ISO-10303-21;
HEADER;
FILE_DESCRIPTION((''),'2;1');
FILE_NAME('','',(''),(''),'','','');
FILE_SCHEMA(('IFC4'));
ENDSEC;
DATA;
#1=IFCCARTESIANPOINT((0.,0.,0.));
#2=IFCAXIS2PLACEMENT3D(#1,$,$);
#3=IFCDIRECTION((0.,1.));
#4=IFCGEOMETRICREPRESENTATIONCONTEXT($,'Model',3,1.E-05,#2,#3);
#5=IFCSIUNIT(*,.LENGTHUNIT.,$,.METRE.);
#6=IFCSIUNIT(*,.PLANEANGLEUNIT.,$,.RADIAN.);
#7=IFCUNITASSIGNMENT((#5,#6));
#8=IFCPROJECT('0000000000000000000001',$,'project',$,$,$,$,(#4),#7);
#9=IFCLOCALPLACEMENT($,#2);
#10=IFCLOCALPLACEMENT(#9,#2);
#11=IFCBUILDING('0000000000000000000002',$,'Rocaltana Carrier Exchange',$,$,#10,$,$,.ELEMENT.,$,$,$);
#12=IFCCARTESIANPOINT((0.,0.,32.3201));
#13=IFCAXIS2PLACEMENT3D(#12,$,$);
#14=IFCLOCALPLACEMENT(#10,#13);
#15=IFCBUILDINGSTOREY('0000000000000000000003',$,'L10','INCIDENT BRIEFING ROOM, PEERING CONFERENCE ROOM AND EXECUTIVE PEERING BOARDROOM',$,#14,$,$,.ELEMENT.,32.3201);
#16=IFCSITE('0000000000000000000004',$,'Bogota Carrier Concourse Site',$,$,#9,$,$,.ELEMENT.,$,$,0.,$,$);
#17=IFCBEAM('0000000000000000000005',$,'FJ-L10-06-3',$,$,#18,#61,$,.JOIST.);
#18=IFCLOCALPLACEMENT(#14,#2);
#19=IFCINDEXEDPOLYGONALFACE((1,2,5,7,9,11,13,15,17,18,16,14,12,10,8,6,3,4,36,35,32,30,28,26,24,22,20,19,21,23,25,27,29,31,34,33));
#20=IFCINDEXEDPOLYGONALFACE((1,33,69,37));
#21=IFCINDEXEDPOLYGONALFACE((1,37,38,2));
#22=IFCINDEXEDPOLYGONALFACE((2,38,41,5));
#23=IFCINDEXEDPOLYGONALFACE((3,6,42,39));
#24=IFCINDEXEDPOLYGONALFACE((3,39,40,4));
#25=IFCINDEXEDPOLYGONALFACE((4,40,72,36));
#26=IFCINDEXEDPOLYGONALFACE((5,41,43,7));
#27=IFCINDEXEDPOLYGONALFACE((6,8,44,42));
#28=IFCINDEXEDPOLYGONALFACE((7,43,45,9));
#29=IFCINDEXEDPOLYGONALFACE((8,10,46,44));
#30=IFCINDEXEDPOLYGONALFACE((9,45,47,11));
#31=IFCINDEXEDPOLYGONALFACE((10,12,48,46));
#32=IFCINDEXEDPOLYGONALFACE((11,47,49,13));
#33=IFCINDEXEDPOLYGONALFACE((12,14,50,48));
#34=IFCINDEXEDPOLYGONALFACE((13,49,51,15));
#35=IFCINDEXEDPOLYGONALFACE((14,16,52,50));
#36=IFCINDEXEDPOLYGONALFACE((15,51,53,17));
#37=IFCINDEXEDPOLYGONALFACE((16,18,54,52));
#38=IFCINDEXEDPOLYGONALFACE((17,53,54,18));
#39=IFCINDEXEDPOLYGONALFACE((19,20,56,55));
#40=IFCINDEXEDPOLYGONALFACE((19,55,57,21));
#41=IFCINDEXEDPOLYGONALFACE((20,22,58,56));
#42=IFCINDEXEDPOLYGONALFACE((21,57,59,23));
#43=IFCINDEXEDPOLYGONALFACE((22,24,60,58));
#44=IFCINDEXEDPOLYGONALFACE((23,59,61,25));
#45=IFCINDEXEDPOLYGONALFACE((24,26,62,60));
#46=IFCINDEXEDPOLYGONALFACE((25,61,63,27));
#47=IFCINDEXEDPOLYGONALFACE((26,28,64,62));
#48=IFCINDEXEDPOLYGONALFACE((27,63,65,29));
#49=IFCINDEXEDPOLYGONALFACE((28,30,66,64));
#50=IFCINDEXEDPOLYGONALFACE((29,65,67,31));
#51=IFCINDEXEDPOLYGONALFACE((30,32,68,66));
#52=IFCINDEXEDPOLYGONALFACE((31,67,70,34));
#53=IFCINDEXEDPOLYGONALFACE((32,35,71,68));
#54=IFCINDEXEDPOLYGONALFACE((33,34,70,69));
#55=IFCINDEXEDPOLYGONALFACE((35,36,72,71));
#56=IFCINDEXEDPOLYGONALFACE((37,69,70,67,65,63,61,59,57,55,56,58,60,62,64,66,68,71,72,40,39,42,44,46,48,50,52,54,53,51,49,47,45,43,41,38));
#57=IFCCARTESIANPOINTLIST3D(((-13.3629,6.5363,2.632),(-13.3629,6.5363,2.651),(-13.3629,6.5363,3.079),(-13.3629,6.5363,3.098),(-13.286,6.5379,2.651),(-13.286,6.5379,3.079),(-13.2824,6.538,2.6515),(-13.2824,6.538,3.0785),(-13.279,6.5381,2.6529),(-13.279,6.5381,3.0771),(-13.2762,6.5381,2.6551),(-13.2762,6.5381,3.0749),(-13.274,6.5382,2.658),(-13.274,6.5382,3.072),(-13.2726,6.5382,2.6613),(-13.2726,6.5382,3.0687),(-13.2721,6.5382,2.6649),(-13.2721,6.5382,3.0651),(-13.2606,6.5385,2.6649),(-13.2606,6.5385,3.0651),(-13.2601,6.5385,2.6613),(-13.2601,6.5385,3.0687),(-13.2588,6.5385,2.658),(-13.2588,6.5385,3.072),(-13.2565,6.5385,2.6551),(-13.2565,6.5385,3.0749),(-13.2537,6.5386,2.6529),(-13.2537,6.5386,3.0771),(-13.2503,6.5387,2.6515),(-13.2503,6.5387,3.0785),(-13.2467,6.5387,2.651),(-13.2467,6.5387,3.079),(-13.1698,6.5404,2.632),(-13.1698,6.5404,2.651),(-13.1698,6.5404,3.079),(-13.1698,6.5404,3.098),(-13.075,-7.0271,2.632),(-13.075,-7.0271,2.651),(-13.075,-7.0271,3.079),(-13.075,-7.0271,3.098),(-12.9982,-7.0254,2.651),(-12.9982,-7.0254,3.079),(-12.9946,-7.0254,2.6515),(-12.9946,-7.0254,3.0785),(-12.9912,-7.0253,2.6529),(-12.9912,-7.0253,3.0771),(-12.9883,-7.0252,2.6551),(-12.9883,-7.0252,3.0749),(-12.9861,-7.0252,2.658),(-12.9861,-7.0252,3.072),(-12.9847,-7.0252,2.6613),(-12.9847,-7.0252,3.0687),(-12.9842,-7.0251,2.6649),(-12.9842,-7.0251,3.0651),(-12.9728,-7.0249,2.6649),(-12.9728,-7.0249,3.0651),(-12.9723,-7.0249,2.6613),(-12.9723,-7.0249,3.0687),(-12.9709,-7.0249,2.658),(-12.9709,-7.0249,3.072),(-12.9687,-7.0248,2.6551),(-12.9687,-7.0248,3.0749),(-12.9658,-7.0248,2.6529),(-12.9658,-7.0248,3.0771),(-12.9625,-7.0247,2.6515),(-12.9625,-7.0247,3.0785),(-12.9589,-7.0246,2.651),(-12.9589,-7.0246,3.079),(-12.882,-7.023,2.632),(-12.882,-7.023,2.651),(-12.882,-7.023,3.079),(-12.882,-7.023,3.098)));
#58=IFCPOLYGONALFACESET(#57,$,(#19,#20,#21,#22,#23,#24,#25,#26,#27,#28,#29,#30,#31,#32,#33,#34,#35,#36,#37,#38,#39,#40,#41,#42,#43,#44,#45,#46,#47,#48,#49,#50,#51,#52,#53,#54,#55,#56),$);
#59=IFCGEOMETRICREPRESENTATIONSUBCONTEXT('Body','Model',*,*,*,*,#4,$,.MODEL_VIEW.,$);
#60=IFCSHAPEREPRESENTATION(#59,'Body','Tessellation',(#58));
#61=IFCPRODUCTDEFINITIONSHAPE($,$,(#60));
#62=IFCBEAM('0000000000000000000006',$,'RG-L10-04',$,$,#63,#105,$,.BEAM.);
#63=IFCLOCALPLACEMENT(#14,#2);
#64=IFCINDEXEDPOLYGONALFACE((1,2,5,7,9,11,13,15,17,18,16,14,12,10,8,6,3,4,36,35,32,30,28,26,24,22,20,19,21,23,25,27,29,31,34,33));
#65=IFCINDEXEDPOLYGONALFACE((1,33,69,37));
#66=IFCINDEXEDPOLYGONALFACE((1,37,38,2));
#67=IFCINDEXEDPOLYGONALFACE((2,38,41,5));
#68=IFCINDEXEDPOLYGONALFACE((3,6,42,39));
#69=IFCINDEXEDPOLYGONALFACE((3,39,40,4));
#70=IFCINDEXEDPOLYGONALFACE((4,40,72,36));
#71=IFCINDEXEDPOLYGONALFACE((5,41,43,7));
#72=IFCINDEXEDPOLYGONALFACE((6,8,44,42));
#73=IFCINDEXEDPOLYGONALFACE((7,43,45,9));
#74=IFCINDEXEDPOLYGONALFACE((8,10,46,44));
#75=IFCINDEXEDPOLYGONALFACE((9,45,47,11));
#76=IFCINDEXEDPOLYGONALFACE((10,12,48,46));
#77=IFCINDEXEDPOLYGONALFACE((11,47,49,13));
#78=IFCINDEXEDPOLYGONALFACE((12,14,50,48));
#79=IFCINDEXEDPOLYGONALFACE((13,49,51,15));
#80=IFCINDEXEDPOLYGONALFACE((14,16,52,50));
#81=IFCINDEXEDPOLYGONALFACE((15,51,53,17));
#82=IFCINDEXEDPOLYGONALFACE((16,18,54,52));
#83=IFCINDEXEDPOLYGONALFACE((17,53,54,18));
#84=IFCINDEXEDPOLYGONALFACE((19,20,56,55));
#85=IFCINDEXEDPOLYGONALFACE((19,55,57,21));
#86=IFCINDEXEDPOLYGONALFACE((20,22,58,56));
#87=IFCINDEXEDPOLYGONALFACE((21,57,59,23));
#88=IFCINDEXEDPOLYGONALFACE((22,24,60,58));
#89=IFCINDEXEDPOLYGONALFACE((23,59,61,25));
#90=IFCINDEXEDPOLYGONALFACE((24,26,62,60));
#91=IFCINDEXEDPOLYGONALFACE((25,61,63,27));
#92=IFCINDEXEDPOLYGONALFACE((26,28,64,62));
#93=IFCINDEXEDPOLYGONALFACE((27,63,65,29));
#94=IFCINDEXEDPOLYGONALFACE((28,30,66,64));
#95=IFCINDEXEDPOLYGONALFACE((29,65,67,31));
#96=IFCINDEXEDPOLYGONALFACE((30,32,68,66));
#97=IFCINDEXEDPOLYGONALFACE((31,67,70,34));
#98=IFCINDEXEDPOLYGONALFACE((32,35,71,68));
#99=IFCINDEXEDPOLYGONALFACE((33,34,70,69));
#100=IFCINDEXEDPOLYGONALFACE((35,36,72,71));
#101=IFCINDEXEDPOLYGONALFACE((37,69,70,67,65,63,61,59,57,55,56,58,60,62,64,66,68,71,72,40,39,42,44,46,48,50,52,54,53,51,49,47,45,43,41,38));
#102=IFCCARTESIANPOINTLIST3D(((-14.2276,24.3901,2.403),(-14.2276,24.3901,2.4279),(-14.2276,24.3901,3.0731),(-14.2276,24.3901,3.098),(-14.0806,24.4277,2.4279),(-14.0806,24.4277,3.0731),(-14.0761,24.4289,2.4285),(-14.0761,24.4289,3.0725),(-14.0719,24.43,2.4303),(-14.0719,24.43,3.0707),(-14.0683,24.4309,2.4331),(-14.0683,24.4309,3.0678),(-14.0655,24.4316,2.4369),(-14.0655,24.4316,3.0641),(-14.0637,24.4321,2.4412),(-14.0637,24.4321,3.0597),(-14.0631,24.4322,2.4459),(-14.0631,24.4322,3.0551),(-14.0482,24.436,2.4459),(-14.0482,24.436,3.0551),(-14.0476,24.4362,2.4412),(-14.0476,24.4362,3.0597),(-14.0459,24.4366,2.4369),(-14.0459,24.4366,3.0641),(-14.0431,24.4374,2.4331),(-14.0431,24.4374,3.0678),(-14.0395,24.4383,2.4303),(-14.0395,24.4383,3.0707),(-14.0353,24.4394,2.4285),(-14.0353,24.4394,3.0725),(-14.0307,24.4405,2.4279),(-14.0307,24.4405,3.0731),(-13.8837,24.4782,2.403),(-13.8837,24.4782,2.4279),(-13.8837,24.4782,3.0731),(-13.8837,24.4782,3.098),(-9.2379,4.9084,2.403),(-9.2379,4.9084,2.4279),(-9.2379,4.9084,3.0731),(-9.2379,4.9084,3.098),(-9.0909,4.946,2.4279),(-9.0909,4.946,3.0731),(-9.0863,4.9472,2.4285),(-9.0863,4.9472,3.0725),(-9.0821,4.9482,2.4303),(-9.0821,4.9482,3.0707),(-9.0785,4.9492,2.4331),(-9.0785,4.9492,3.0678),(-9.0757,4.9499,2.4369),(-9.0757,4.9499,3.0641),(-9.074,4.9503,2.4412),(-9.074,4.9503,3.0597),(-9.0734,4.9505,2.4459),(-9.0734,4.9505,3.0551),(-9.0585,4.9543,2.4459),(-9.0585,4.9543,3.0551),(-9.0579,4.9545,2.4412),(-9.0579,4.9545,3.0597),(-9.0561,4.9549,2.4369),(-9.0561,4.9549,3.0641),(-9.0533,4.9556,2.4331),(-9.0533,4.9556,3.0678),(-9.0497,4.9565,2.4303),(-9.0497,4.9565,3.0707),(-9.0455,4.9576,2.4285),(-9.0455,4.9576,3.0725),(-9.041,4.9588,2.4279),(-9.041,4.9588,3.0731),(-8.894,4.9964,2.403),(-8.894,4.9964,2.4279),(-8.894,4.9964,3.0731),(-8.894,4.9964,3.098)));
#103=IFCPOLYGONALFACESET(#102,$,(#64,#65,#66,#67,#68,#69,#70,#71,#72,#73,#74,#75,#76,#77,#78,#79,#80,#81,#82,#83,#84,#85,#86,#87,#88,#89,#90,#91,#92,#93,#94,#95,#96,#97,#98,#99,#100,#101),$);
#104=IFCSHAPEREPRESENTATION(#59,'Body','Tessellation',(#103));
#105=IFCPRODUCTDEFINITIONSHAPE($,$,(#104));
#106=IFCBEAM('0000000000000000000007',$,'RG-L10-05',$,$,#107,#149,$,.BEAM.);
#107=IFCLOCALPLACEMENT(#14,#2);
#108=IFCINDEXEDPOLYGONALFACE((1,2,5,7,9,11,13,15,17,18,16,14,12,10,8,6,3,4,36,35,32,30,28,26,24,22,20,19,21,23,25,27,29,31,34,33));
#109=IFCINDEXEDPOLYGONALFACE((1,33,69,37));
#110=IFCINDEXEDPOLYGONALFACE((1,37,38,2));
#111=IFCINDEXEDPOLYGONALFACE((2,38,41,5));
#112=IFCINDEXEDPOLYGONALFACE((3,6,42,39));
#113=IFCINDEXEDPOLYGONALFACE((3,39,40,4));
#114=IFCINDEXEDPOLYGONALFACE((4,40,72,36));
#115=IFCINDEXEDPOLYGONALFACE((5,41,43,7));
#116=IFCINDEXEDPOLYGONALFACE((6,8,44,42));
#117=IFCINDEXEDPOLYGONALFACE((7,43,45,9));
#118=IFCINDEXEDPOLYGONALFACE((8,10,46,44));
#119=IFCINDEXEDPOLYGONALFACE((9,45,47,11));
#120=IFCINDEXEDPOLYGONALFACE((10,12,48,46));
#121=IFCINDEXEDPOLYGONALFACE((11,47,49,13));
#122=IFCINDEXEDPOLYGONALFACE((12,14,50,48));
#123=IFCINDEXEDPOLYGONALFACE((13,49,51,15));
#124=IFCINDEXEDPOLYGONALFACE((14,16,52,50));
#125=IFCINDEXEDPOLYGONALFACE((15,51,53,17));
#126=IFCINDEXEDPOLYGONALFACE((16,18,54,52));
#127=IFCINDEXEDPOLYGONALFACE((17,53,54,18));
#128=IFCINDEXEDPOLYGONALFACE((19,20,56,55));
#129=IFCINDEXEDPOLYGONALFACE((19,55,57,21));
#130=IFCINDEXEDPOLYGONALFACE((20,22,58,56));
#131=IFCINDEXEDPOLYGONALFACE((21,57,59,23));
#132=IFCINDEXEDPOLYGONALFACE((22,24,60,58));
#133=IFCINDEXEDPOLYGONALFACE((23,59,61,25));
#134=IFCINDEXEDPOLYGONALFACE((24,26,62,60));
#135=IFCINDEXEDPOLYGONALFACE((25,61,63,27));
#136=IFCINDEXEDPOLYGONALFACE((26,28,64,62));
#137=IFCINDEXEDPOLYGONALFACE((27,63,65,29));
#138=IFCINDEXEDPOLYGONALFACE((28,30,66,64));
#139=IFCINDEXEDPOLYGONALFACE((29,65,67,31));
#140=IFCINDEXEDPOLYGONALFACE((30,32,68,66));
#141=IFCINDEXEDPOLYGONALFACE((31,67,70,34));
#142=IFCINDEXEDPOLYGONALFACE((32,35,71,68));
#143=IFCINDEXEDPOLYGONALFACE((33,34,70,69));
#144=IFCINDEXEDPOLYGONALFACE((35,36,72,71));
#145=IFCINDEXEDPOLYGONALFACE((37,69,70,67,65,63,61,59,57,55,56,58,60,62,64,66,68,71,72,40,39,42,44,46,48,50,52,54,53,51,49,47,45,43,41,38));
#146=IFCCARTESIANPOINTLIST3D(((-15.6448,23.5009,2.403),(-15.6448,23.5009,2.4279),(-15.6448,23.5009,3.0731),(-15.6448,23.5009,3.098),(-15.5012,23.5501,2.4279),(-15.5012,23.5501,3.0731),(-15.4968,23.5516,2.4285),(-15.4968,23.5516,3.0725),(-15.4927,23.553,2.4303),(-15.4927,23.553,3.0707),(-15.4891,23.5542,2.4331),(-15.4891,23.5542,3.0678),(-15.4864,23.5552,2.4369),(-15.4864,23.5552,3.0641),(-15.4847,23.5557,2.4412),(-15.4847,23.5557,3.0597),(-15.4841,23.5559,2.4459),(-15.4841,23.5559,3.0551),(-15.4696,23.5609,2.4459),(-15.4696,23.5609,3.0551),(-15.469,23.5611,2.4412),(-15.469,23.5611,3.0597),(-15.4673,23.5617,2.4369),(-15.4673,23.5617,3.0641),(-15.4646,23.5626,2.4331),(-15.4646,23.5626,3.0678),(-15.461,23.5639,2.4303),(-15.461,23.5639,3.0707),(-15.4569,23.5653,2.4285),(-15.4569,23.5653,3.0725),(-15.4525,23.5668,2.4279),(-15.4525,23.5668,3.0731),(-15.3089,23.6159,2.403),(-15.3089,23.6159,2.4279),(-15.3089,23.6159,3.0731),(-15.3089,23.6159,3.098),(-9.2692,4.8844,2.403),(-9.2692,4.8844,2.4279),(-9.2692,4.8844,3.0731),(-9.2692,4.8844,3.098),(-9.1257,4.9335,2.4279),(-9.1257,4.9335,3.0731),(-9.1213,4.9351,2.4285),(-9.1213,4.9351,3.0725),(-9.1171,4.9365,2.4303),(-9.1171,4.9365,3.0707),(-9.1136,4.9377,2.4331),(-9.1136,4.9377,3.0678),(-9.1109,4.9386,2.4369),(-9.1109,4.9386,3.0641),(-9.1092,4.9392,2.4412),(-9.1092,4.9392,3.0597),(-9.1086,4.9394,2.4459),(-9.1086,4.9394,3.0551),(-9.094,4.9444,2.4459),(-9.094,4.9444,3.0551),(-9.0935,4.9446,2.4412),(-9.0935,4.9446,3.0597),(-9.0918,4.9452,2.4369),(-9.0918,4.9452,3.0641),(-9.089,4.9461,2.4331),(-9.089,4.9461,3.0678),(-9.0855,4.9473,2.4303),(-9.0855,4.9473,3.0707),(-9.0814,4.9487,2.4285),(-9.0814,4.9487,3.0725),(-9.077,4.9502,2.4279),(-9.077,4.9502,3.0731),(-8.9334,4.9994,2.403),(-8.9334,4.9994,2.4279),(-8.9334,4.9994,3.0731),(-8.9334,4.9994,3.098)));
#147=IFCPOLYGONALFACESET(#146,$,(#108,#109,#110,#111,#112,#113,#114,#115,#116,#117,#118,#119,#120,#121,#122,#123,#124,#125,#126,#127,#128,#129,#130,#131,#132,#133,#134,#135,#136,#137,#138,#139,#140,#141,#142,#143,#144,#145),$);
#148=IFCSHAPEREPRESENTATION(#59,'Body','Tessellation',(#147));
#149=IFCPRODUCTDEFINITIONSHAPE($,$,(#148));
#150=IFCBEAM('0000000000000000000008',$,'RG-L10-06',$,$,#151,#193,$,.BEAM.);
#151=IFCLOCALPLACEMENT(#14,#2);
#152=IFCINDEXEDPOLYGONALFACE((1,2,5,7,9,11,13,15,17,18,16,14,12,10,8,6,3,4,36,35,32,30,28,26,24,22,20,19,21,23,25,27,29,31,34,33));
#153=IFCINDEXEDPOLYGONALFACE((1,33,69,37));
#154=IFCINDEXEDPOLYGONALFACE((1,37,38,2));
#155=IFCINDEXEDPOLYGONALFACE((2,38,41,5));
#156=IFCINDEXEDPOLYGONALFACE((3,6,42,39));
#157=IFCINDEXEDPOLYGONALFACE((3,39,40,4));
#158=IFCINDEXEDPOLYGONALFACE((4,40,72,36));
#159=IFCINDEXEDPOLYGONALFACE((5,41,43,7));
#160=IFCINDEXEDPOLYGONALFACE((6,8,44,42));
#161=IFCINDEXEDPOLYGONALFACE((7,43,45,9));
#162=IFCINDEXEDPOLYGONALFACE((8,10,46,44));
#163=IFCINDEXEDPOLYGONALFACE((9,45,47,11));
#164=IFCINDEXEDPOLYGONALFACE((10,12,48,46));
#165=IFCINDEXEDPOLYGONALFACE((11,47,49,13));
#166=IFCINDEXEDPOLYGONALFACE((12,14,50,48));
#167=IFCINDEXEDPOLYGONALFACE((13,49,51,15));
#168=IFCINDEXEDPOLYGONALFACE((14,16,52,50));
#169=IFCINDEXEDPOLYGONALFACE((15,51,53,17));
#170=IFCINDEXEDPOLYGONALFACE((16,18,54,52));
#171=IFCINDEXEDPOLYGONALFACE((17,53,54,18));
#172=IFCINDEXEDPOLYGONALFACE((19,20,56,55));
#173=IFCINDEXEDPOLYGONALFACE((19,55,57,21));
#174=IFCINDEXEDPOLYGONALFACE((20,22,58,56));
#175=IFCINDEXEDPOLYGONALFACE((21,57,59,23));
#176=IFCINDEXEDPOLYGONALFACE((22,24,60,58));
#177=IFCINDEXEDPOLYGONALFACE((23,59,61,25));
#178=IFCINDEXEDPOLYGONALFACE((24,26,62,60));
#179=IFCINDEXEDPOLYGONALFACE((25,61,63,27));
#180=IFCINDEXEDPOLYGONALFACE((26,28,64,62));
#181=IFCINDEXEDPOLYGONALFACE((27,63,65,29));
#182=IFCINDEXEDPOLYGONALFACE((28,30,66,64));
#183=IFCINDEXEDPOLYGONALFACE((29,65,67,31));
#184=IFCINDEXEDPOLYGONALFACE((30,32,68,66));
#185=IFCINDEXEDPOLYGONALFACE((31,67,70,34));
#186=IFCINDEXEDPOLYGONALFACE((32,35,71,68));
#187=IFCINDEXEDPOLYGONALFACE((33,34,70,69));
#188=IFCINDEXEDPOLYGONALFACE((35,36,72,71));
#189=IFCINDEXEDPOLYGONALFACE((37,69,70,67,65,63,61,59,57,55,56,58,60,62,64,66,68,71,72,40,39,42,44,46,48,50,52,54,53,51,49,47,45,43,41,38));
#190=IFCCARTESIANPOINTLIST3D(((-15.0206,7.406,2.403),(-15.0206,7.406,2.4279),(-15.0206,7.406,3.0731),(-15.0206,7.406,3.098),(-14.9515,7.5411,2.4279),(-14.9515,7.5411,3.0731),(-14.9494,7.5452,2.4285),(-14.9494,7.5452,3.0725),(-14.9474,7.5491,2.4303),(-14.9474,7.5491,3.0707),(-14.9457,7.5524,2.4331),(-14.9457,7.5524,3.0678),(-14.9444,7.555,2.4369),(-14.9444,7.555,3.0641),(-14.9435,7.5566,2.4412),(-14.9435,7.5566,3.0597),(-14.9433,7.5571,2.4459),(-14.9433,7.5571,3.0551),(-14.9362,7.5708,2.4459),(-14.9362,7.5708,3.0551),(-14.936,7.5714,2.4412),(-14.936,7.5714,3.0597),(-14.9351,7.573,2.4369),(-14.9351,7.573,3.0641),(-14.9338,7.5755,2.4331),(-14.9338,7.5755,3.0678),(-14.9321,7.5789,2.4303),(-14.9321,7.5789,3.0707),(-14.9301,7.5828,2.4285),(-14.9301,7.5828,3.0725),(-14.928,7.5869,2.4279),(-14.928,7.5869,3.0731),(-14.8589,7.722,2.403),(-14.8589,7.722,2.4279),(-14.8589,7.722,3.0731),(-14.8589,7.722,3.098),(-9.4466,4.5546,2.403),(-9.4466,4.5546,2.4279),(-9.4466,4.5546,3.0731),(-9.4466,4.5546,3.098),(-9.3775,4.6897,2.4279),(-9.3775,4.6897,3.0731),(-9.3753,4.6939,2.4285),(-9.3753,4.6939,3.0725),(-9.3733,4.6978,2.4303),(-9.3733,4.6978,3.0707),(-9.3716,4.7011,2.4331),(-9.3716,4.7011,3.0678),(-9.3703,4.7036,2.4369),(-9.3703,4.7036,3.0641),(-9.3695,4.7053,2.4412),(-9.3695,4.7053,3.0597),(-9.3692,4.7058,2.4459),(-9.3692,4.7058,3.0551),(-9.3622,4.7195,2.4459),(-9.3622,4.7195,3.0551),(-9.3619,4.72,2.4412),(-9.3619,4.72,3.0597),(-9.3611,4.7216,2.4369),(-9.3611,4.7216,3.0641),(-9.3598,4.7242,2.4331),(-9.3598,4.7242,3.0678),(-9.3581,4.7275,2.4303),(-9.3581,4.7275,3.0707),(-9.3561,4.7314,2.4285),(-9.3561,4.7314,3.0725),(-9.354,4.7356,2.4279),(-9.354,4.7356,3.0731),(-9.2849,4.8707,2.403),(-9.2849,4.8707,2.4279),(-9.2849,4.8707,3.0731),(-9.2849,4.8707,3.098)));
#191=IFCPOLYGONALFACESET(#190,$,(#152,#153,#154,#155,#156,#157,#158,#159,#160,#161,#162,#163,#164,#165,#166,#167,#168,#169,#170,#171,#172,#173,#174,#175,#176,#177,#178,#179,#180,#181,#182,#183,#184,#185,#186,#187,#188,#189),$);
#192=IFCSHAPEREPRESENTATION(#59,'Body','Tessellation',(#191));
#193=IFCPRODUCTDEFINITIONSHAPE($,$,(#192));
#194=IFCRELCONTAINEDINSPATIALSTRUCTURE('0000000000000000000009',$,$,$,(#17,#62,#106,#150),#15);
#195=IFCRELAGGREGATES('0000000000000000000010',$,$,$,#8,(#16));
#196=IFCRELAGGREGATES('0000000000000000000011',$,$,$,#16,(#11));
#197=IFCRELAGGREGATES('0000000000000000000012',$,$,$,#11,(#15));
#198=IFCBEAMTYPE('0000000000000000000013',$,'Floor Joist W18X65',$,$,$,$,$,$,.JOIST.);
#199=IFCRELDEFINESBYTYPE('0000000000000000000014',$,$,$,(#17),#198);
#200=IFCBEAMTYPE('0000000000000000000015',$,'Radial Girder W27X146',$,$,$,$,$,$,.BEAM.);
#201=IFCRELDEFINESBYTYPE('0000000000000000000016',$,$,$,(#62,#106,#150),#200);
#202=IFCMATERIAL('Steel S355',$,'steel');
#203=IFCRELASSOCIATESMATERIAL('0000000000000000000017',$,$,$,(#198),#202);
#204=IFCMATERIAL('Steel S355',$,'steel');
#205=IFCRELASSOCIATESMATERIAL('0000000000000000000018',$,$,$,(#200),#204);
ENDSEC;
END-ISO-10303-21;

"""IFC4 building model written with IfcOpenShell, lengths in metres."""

from ifc_helpers import new_model, si_unit, direction, frame, origin, origin_2d, place, context, subcontext, project, spatial, i_section, extrude, material, material_profile, profile_set, type_object, element, save


model = new_model("IFC4")

# Units and contexts
model_context = context("Model", 3, precision=1e-05, world=origin(), true_north=direction((0.0, 1.0)))
body_context = subcontext(model_context, "Body", "Model", "MODEL_VIEW")
ifc_project = project(units=[si_unit("LENGTHUNIT", "METRE"), si_unit("PLANEANGLEUNIT", "RADIAN")], contexts=[model_context])

# Site, building, storey
site_placement = place(None, origin())
site = spatial("IfcSite", under=ifc_project, at=site_placement, Name="Bogota Carrier Concourse Site", CompositionType="ELEMENT", RefElevation=0.0)
building_placement = place(site_placement, origin())
building = spatial("IfcBuilding", under=site, at=building_placement, Name="Rocaltana Carrier Exchange", CompositionType="ELEMENT")
storey_placement = place(building_placement, frame((0.0, 0.0, 32.3201)))
storey = spatial("IfcBuildingStorey", under=building, at=storey_placement, Name="L10", Description="INCIDENT BRIEFING ROOM, PEERING CONFERENCE ROOM AND EXECUTIVE PEERING BOARDROOM", CompositionType="ELEMENT", Elevation=32.3201)

# Beams
ifc_material_1 = material(Name="Steel S355", Category="steel")
ifc_material_profile_1 = material_profile(ifc_material_1, i_section(OverallWidth=0.1931, OverallDepth=0.4661, WebThickness=0.0115, FlangeThickness=0.019, FilletRadius=0.0139, at=origin_2d()), Name="W18X65")
ifc_profile_set_1 = profile_set([ifc_material_profile_1], Name="Steel S355")
beam_type_1 = type_object("IfcBeamType", Name="Floor Joist W18X65", PredefinedType="JOIST", material=ifc_profile_set_1)
beam_1_placement = place(storey_placement, frame((-13.2664, 6.5383, 2.865), z_axis=(0.021217, -0.999775, 0.0), x_axis=(0.999775, 0.021217, 0.0)))
element("IfcBeam", 1, at=beam_1_placement, inside=storey, type_object=beam_type_1, Name="FJ-L10-06-3", PredefinedType="JOIST", context=body_context, shape_type="SweptSolid", body=[
    extrude(i_section(OverallWidth=0.1931, OverallDepth=0.4661, WebThickness=0.0115, FlangeThickness=0.019, FilletRadius=0.0139, at=origin_2d()), origin(), (0.0, 0.0, 1.0), 13.5664),
])
ifc_material_2 = material(Name="Steel S355", Category="steel")
ifc_material_profile_2 = material_profile(ifc_material_2, i_section(OverallWidth=0.355, OverallDepth=0.6951, WebThickness=0.0154, FlangeThickness=0.0249, FilletRadius=0.0181, at=origin_2d()), Name="W27X146")
ifc_profile_set_2 = profile_set([ifc_material_profile_2], Name="Steel S355")
beam_type_2 = type_object("IfcBeamType", Name="Radial Girder W27X146", PredefinedType="BEAM", material=ifc_profile_set_2)
beam_2_placement = place(storey_placement, frame((-9.0659, 4.9524, 2.7505), z_axis=(-0.248116, 0.96873, 0.0), x_axis=(-0.96873, -0.248116, 0.0)))
element("IfcBeam", 2, at=beam_2_placement, inside=storey, type_object=beam_type_2, Name="RG-L10-04", PredefinedType="BEAM", context=body_context, shape_type="SweptSolid", body=[
    extrude(i_section(OverallWidth=0.355, OverallDepth=0.6951, WebThickness=0.0154, FlangeThickness=0.0249, FilletRadius=0.0181, at=origin_2d()), origin(), (0.0, 0.0, 1.0), 20.1106),
])
beam_3_placement = place(storey_placement, frame((-9.1013, 4.9419, 2.7505), z_axis=(-0.323993, 0.94606, 0.0), x_axis=(-0.94606, -0.323993, 0.0)))
element("IfcBeam", 3, at=beam_3_placement, inside=storey, type_object=beam_type_2, Name="RG-L10-05", PredefinedType="BEAM", context=body_context, shape_type="SweptSolid", body=[
    extrude(i_section(OverallWidth=0.355, OverallDepth=0.6951, WebThickness=0.0154, FlangeThickness=0.0249, FilletRadius=0.0181, at=origin_2d()), origin(), (0.0, 0.0, 1.0), 19.678),
])
beam_4_placement = place(storey_placement, frame((-9.3657, 4.7126, 2.7505), z_axis=(-0.890279, 0.455415, 0.0), x_axis=(-0.455415, -0.890279, 0.0)))
element("IfcBeam", 4, at=beam_4_placement, inside=storey, type_object=beam_type_2, Name="RG-L10-06", PredefinedType="BEAM", context=body_context, shape_type="SweptSolid", body=[
    extrude(i_section(OverallWidth=0.355, OverallDepth=0.6951, WebThickness=0.0154, FlangeThickness=0.0249, FilletRadius=0.0181, at=origin_2d()), origin(), (0.0, 0.0, 1.0), 6.261),
])

save(model, "model.ifc")
